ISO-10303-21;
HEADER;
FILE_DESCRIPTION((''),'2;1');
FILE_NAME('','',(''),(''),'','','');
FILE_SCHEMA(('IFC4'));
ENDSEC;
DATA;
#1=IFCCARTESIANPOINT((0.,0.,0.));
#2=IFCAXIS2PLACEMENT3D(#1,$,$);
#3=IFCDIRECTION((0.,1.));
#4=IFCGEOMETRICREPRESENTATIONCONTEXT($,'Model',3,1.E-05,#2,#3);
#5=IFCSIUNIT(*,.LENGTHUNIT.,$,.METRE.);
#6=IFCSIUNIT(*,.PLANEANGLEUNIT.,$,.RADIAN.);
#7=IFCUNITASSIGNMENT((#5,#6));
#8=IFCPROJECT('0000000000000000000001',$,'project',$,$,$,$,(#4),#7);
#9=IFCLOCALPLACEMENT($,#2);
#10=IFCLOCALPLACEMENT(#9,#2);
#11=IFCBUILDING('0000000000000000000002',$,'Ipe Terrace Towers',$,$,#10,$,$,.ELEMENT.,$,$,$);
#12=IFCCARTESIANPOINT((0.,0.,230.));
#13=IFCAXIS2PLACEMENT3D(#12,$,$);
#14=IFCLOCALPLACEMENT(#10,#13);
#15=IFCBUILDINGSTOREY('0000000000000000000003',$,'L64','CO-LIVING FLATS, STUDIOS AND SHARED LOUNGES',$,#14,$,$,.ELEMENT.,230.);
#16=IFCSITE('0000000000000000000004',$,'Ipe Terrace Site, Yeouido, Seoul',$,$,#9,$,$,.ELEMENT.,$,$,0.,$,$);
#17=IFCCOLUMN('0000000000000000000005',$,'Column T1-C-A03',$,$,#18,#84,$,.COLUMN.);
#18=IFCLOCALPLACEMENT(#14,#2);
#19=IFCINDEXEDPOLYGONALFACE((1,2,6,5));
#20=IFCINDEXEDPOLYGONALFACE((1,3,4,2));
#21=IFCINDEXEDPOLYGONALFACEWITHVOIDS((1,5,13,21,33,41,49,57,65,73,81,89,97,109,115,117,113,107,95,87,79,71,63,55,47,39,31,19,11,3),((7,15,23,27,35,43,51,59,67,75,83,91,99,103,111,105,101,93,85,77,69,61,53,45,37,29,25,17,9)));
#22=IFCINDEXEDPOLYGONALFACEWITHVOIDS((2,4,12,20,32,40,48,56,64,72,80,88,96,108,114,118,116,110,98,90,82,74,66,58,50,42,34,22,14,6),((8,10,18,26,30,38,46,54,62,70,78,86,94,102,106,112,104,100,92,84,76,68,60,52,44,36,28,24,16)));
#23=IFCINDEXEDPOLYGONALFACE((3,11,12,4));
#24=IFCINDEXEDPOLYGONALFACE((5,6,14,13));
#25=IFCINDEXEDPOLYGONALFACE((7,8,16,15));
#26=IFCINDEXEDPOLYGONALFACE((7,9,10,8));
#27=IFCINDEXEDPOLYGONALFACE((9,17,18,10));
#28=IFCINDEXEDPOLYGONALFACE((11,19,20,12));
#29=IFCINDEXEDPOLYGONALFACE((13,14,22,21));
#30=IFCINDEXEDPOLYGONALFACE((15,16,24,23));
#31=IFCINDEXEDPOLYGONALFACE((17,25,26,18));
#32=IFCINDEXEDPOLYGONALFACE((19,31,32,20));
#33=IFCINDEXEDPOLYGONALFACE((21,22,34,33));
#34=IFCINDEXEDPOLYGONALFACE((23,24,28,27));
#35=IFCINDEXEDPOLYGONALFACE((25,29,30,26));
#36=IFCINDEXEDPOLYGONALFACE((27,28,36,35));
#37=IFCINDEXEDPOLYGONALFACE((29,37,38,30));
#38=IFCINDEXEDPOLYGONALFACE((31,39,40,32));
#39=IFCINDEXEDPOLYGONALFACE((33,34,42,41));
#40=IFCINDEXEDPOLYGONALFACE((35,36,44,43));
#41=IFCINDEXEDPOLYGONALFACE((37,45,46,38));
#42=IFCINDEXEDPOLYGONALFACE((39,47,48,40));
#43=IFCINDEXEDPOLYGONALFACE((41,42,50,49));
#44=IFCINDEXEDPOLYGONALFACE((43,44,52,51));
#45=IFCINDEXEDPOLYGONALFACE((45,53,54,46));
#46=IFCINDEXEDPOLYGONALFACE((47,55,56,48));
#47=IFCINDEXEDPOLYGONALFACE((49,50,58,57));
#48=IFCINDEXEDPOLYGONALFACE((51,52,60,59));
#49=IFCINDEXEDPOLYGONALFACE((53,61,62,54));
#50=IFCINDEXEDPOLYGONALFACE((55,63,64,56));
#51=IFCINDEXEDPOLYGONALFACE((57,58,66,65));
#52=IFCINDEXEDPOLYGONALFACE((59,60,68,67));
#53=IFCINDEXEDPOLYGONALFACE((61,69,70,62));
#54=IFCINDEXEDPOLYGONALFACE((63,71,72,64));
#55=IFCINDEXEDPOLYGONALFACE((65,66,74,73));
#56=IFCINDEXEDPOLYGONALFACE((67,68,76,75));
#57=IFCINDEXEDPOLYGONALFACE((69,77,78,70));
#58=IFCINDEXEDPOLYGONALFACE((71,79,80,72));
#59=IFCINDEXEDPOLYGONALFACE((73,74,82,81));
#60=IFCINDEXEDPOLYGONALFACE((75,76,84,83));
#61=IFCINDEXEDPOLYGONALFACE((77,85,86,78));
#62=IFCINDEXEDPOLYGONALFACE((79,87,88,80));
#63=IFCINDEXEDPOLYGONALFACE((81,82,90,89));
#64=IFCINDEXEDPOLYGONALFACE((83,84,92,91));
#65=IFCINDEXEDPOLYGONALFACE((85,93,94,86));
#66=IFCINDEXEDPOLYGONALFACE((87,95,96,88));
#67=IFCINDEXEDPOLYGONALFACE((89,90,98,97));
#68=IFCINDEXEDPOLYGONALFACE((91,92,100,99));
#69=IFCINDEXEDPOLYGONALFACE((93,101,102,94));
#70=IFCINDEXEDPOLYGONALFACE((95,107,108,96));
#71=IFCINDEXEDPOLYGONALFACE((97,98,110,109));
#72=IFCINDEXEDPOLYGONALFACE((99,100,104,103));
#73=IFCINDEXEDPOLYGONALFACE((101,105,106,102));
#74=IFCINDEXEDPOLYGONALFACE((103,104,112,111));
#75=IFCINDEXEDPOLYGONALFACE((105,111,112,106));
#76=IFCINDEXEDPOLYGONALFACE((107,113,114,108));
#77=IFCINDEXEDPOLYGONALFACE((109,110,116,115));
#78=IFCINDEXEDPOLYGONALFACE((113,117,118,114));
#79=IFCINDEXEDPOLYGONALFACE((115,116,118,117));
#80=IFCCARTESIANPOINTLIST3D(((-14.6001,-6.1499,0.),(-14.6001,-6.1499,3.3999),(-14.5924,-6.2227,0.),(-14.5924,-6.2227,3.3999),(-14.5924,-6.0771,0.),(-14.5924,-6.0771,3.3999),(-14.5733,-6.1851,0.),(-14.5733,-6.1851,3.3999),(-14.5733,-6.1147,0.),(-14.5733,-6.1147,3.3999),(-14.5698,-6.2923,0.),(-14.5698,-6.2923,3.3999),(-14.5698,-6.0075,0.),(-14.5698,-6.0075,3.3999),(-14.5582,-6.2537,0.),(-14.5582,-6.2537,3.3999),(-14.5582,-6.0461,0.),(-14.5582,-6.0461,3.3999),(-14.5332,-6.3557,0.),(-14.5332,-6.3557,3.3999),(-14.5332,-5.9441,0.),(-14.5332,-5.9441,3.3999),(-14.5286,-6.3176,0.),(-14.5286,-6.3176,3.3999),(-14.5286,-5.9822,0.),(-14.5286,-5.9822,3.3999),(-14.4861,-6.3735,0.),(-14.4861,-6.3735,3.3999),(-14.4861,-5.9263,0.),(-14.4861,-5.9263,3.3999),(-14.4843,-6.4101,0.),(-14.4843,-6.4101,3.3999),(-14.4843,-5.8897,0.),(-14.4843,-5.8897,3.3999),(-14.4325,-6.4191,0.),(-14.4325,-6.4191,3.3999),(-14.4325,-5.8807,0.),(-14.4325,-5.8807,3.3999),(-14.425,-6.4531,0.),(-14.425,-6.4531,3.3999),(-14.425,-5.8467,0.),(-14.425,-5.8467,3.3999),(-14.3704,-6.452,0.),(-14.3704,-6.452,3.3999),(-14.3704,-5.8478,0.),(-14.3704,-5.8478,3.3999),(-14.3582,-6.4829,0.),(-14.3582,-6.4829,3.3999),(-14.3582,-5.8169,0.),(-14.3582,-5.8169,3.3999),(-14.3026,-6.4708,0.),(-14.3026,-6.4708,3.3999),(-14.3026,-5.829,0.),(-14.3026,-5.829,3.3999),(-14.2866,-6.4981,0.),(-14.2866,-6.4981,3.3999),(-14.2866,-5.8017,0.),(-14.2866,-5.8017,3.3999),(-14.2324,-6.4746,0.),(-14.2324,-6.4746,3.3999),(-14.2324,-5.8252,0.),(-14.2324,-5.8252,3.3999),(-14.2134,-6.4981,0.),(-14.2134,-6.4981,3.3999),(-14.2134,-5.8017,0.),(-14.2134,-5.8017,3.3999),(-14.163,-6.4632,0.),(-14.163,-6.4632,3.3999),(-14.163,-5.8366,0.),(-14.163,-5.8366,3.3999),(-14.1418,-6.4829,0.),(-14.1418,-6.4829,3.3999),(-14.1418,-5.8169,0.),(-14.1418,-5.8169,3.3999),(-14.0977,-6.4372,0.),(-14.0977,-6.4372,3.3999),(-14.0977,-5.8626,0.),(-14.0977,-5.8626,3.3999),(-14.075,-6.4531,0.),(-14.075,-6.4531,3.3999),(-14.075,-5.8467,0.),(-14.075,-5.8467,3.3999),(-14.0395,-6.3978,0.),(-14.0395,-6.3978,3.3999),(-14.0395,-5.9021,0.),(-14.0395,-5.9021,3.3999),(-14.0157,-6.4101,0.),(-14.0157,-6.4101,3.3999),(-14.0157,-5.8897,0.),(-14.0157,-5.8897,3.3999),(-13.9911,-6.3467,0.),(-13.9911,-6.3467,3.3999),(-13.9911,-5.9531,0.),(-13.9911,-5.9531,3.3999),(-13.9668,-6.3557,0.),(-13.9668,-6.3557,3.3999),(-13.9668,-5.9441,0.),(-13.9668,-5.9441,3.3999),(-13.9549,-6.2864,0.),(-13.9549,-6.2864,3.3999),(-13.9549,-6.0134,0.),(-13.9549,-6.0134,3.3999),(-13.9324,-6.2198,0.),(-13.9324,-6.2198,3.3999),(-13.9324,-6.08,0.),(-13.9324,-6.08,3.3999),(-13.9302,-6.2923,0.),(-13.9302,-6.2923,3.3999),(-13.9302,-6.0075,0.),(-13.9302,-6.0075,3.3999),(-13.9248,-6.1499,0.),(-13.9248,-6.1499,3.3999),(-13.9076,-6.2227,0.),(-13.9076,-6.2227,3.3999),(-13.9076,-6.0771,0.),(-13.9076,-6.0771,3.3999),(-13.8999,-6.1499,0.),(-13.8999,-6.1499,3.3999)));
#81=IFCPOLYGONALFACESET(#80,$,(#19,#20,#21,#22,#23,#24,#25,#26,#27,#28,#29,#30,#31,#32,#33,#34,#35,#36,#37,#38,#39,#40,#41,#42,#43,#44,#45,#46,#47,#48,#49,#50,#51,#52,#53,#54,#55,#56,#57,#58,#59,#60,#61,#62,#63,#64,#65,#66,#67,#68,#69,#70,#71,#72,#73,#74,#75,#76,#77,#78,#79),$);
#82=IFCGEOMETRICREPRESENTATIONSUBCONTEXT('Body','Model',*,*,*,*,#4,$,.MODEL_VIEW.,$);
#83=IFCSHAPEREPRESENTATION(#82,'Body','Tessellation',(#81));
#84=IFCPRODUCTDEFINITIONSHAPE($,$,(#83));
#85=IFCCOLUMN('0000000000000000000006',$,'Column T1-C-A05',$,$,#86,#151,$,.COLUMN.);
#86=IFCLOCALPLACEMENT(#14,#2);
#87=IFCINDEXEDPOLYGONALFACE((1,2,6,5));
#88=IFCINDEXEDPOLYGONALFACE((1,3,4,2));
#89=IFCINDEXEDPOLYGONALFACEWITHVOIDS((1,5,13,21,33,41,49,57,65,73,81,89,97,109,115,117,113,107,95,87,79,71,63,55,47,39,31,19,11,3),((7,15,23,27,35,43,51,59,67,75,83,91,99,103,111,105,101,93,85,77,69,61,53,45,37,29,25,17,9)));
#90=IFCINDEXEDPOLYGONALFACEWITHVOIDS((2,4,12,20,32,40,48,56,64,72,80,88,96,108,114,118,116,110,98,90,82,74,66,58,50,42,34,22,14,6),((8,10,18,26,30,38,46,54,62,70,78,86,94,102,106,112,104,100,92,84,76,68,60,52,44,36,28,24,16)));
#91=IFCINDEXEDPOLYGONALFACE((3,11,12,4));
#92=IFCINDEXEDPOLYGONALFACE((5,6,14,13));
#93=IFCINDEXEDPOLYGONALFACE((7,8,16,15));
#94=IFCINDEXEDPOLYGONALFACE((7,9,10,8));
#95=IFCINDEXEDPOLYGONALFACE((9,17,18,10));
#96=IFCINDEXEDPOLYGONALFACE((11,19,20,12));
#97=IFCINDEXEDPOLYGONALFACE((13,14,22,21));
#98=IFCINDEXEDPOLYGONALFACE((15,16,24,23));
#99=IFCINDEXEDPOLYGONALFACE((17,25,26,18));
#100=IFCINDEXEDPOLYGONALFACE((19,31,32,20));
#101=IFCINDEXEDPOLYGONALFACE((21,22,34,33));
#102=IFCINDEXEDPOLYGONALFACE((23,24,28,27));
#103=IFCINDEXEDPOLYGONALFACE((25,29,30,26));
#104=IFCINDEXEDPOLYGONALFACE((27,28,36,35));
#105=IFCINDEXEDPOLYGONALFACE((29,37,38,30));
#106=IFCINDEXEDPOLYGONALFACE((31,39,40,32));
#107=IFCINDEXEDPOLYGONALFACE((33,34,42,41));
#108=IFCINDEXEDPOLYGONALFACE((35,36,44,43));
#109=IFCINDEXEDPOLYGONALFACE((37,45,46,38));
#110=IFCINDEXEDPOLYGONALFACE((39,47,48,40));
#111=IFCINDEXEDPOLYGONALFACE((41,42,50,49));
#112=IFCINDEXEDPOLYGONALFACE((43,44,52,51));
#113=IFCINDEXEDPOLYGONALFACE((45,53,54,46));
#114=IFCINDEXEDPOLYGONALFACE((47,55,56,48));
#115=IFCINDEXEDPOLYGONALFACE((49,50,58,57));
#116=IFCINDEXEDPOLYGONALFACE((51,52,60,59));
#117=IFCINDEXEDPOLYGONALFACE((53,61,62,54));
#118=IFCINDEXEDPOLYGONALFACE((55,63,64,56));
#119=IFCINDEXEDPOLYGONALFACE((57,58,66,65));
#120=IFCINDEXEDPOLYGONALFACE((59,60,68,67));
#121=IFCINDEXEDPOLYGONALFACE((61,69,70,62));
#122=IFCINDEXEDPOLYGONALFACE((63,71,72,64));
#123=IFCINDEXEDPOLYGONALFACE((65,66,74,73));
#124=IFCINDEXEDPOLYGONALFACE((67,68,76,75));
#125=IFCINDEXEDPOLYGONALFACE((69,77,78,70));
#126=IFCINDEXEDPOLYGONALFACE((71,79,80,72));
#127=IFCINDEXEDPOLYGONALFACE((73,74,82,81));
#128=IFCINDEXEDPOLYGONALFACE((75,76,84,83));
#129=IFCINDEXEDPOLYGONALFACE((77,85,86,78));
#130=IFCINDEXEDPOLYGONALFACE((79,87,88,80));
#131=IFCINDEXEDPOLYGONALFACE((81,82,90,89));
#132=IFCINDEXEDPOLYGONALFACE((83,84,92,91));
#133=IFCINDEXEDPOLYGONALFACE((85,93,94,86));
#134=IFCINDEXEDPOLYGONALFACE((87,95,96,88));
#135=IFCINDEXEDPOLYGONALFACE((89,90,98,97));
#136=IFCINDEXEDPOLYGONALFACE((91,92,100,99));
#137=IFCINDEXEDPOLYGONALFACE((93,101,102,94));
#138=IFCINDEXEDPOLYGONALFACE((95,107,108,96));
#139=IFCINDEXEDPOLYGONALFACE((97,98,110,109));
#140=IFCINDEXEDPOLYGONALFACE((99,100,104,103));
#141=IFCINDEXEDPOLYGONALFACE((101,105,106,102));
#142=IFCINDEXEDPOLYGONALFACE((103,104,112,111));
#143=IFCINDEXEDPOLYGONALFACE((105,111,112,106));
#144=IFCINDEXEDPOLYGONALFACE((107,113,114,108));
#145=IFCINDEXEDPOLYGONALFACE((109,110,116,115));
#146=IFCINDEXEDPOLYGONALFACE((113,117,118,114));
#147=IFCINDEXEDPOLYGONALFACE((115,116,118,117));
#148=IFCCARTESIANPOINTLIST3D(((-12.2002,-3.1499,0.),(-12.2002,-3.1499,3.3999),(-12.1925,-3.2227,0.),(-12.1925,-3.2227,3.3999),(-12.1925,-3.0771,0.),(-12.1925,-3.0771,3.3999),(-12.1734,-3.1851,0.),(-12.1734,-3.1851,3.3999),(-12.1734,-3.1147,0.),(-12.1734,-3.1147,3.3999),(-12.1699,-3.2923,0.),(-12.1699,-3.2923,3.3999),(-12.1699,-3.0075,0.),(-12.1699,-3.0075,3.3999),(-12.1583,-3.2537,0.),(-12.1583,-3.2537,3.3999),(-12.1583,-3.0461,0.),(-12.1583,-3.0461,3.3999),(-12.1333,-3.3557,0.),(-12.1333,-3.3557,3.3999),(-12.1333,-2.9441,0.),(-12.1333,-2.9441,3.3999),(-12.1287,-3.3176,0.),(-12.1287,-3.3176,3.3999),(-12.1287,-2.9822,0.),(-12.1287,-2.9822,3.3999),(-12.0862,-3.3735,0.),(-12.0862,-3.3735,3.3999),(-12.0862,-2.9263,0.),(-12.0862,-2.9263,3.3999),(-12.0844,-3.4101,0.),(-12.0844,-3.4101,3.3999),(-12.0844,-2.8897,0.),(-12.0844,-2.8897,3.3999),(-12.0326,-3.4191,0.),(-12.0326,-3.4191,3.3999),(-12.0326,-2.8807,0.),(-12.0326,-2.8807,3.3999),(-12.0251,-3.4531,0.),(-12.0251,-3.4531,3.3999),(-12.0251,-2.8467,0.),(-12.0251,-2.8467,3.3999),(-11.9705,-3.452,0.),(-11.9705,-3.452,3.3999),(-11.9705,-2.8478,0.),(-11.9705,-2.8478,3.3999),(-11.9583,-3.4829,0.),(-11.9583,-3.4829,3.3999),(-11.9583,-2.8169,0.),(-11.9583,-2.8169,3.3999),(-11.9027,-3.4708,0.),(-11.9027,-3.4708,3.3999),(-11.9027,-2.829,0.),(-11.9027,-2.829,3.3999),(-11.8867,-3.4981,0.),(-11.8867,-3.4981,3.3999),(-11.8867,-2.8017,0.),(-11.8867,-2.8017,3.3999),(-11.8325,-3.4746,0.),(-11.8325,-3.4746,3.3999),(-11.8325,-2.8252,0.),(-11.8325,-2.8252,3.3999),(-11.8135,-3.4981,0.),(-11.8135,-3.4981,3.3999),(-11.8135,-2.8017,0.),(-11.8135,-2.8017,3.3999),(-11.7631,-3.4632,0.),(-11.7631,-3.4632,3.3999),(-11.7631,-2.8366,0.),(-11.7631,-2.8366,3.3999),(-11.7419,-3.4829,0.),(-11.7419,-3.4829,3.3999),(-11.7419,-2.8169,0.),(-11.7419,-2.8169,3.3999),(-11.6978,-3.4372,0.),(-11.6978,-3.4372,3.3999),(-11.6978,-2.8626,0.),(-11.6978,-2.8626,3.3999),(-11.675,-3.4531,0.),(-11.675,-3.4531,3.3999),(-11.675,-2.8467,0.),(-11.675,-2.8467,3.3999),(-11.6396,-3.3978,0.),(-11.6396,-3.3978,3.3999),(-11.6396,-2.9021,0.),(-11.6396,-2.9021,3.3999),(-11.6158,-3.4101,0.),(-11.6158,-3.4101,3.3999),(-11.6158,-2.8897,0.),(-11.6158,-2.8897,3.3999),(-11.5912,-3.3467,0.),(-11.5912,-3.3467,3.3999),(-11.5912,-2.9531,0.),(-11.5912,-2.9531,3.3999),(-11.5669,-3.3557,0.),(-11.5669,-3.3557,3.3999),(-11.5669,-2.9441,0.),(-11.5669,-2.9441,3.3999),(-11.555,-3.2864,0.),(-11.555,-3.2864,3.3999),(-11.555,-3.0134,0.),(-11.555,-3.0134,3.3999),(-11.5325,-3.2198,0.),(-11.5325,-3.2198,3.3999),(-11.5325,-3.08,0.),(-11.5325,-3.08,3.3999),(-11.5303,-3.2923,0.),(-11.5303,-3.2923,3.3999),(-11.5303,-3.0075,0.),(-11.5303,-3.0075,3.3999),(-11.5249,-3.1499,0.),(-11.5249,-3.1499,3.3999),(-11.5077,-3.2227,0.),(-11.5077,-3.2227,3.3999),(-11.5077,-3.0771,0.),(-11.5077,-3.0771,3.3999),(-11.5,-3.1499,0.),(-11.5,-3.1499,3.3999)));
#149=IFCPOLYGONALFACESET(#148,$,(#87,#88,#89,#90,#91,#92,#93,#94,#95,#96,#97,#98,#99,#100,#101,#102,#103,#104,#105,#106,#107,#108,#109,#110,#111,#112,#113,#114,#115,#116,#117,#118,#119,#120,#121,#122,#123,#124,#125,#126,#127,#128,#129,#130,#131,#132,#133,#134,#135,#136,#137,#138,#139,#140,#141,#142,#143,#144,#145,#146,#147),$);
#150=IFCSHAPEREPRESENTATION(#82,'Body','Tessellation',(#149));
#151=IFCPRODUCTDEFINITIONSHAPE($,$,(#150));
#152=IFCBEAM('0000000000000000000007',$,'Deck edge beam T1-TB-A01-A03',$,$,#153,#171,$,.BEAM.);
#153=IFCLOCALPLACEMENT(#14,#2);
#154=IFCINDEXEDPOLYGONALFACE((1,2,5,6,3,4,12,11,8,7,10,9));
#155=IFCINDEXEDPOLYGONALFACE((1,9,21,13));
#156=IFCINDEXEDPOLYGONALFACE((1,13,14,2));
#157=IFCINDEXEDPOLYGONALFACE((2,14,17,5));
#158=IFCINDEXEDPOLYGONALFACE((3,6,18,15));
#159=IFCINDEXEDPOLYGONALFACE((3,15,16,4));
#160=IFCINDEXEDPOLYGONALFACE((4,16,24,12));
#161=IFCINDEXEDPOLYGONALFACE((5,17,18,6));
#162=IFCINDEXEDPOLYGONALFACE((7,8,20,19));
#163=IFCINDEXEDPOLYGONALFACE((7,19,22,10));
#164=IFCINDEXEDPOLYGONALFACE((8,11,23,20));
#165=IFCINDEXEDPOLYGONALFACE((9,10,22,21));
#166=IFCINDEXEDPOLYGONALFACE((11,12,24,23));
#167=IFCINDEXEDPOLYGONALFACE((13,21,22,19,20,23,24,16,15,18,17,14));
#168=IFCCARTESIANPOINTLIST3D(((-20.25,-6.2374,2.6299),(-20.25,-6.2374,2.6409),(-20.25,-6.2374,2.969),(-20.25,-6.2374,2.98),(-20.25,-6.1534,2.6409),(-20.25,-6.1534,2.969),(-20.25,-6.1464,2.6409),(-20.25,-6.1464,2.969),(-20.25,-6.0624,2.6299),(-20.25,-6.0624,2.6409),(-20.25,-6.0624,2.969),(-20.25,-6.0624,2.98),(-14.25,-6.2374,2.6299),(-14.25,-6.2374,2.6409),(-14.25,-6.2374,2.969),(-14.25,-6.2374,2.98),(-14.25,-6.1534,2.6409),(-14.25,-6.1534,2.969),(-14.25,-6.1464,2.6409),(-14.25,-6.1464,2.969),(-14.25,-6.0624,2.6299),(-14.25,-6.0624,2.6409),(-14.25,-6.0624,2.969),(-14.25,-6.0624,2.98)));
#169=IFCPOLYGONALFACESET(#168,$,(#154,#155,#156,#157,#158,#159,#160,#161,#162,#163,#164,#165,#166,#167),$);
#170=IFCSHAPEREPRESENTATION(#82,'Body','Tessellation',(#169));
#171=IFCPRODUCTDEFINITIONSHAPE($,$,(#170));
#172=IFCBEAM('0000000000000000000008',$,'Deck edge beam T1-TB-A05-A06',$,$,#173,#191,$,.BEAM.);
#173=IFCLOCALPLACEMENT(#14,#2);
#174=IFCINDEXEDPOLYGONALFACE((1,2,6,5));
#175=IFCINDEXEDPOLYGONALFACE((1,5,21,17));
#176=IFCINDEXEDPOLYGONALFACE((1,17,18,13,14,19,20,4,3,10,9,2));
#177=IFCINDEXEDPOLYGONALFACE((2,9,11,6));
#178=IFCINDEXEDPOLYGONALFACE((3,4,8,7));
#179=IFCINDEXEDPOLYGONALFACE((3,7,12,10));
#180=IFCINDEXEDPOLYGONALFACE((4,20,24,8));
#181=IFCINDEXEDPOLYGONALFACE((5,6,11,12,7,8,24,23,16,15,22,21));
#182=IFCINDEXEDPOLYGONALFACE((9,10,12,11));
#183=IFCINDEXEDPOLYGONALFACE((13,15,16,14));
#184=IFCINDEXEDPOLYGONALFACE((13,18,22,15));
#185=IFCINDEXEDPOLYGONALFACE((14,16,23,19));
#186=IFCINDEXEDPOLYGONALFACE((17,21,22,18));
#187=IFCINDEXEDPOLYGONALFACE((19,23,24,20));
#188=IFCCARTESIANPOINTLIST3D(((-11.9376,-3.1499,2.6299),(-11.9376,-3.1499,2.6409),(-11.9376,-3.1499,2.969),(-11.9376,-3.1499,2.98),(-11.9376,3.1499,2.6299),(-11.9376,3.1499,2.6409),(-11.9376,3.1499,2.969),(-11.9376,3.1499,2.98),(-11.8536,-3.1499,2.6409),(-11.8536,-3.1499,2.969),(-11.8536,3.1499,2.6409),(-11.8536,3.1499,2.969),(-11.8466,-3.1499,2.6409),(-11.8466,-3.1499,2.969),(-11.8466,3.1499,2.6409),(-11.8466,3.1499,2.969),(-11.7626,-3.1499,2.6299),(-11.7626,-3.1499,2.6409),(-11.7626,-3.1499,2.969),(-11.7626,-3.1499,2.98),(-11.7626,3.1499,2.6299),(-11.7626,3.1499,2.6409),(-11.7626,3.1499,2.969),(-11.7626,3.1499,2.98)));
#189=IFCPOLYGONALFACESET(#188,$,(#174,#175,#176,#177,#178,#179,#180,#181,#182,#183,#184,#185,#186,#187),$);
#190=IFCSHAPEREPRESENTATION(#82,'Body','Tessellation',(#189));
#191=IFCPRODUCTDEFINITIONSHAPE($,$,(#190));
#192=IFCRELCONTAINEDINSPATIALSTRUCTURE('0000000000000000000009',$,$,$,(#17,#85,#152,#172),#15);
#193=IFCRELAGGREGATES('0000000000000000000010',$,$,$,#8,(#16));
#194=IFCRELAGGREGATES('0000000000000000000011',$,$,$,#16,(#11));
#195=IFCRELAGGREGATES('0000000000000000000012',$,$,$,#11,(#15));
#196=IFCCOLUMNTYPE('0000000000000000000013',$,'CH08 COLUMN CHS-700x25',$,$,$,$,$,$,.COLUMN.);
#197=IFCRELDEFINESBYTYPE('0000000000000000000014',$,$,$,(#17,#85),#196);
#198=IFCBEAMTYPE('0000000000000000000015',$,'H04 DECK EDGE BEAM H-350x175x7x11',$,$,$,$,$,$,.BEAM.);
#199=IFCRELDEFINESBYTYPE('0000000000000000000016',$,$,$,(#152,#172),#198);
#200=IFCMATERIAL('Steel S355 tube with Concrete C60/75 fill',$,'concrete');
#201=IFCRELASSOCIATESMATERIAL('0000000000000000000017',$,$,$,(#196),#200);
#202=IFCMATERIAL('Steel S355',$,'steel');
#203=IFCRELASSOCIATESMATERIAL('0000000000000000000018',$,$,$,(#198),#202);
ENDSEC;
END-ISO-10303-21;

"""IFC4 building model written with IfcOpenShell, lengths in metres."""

from ifc_helpers import new_model, si_unit, direction, frame, origin, origin_2d, place, context, subcontext, project, spatial, hollow_circle, i_section, extrude, material, material_profile, profile_set, type_object, element, save


model = new_model("IFC4")

# Units and contexts
model_context = context("Model", 3, precision=1e-05, world=origin(), true_north=direction((0.0, 1.0)))
body_context = subcontext(model_context, "Body", "Model", "MODEL_VIEW")
ifc_project = project(units=[si_unit("LENGTHUNIT", "METRE"), si_unit("PLANEANGLEUNIT", "RADIAN")], contexts=[model_context])

# Site, building, storey
site_placement = place(None, origin())
site = spatial("IfcSite", under=ifc_project, at=site_placement, Name="Ipe Terrace Site, Yeouido, Seoul", CompositionType="ELEMENT", RefElevation=0.0)
building_placement = place(site_placement, origin())
building = spatial("IfcBuilding", under=site, at=building_placement, Name="Ipe Terrace Towers", CompositionType="ELEMENT")
storey_placement = place(building_placement, frame((0.0, 0.0, 230.0)))
storey = spatial("IfcBuildingStorey", under=building, at=storey_placement, Name="L64", Description="CO-LIVING FLATS, STUDIOS AND SHARED LOUNGES", CompositionType="ELEMENT", Elevation=230.0)

# Columns
ifc_material_1 = material(Name="Steel S355 tube with Concrete C60/75 fill", Category="concrete")
ifc_material_profile_1 = material_profile(ifc_material_1, hollow_circle(Radius=0.3501, WallThickness=0.0249, at=origin_2d()), Name="CHS-700x25")
ifc_profile_set_1 = profile_set([ifc_material_profile_1], Name="Steel S355 tube with Concrete C60/75 fill")
column_type = type_object("IfcColumnType", Name="CH08 COLUMN CHS-700x25", PredefinedType="COLUMN", material=ifc_profile_set_1)
for number, where, z_axis, x_axis, name in (
    (1, (-14.25, -6.1499, 0.0), (0.0, 0.0, 1.0), (1.0, 0.0, 0.0), "Column T1-C-A03"),
    (2, (-11.8501, -3.1499, 0.0), (0.0, 0.0, 1.0), (1.0, 0.0, 0.0), "Column T1-C-A05"),
):
    element("IfcColumn", number, at=place(storey_placement, frame(where, z_axis=z_axis, x_axis=x_axis)), inside=storey, type_object=column_type, Name=name, PredefinedType="COLUMN", context=body_context, shape_type="SweptSolid", body=[
        extrude(hollow_circle(Radius=0.3501, WallThickness=0.0249, at=origin_2d()), origin(), (0.0, 0.0, 1.0), 3.3999),
    ])

# Beams
ifc_material_2 = material(Name="Steel S355", Category="steel")
ifc_material_profile_2 = material_profile(ifc_material_2, i_section(OverallWidth=0.175, OverallDepth=0.3501, WebThickness=0.0071, FlangeThickness=0.011, at=origin_2d()), Name="H-350x175x7x11")
ifc_profile_set_2 = profile_set([ifc_material_profile_2], Name="Steel S355")
beam_type_1 = type_object("IfcBeamType", Name="H04 DECK EDGE BEAM H-350x175x7x11", PredefinedType="BEAM", material=ifc_profile_set_2)
beam_1_placement = place(storey_placement, frame((-20.25, -6.1499, 2.8049), z_axis=(1.0, 0.0, 0.0), x_axis=(0.0, 1.0, 0.0)))
element("IfcBeam", 3, at=beam_1_placement, inside=storey, type_object=beam_type_1, Name="Deck edge beam T1-TB-A01-A03", PredefinedType="BEAM", context=body_context, shape_type="SweptSolid", body=[
    extrude(i_section(OverallWidth=0.175, OverallDepth=0.3501, WebThickness=0.0071, FlangeThickness=0.011, at=origin_2d()), origin(), (0.0, 0.0, 1.0), 6.0),
])
beam_2_placement = place(storey_placement, frame((-11.8501, -3.1499, 2.8049), z_axis=(0.0, 1.0, 0.0), x_axis=(-1.0, 0.0, 0.0)))
element("IfcBeam", 4, at=beam_2_placement, inside=storey, type_object=beam_type_1, Name="Deck edge beam T1-TB-A05-A06", PredefinedType="BEAM", context=body_context, shape_type="SweptSolid", body=[
    extrude(i_section(OverallWidth=0.175, OverallDepth=0.3501, WebThickness=0.0071, FlangeThickness=0.011, at=origin_2d()), origin(), (0.0, 0.0, 1.0), 6.2998),
])

save(model, "model.ifc")
